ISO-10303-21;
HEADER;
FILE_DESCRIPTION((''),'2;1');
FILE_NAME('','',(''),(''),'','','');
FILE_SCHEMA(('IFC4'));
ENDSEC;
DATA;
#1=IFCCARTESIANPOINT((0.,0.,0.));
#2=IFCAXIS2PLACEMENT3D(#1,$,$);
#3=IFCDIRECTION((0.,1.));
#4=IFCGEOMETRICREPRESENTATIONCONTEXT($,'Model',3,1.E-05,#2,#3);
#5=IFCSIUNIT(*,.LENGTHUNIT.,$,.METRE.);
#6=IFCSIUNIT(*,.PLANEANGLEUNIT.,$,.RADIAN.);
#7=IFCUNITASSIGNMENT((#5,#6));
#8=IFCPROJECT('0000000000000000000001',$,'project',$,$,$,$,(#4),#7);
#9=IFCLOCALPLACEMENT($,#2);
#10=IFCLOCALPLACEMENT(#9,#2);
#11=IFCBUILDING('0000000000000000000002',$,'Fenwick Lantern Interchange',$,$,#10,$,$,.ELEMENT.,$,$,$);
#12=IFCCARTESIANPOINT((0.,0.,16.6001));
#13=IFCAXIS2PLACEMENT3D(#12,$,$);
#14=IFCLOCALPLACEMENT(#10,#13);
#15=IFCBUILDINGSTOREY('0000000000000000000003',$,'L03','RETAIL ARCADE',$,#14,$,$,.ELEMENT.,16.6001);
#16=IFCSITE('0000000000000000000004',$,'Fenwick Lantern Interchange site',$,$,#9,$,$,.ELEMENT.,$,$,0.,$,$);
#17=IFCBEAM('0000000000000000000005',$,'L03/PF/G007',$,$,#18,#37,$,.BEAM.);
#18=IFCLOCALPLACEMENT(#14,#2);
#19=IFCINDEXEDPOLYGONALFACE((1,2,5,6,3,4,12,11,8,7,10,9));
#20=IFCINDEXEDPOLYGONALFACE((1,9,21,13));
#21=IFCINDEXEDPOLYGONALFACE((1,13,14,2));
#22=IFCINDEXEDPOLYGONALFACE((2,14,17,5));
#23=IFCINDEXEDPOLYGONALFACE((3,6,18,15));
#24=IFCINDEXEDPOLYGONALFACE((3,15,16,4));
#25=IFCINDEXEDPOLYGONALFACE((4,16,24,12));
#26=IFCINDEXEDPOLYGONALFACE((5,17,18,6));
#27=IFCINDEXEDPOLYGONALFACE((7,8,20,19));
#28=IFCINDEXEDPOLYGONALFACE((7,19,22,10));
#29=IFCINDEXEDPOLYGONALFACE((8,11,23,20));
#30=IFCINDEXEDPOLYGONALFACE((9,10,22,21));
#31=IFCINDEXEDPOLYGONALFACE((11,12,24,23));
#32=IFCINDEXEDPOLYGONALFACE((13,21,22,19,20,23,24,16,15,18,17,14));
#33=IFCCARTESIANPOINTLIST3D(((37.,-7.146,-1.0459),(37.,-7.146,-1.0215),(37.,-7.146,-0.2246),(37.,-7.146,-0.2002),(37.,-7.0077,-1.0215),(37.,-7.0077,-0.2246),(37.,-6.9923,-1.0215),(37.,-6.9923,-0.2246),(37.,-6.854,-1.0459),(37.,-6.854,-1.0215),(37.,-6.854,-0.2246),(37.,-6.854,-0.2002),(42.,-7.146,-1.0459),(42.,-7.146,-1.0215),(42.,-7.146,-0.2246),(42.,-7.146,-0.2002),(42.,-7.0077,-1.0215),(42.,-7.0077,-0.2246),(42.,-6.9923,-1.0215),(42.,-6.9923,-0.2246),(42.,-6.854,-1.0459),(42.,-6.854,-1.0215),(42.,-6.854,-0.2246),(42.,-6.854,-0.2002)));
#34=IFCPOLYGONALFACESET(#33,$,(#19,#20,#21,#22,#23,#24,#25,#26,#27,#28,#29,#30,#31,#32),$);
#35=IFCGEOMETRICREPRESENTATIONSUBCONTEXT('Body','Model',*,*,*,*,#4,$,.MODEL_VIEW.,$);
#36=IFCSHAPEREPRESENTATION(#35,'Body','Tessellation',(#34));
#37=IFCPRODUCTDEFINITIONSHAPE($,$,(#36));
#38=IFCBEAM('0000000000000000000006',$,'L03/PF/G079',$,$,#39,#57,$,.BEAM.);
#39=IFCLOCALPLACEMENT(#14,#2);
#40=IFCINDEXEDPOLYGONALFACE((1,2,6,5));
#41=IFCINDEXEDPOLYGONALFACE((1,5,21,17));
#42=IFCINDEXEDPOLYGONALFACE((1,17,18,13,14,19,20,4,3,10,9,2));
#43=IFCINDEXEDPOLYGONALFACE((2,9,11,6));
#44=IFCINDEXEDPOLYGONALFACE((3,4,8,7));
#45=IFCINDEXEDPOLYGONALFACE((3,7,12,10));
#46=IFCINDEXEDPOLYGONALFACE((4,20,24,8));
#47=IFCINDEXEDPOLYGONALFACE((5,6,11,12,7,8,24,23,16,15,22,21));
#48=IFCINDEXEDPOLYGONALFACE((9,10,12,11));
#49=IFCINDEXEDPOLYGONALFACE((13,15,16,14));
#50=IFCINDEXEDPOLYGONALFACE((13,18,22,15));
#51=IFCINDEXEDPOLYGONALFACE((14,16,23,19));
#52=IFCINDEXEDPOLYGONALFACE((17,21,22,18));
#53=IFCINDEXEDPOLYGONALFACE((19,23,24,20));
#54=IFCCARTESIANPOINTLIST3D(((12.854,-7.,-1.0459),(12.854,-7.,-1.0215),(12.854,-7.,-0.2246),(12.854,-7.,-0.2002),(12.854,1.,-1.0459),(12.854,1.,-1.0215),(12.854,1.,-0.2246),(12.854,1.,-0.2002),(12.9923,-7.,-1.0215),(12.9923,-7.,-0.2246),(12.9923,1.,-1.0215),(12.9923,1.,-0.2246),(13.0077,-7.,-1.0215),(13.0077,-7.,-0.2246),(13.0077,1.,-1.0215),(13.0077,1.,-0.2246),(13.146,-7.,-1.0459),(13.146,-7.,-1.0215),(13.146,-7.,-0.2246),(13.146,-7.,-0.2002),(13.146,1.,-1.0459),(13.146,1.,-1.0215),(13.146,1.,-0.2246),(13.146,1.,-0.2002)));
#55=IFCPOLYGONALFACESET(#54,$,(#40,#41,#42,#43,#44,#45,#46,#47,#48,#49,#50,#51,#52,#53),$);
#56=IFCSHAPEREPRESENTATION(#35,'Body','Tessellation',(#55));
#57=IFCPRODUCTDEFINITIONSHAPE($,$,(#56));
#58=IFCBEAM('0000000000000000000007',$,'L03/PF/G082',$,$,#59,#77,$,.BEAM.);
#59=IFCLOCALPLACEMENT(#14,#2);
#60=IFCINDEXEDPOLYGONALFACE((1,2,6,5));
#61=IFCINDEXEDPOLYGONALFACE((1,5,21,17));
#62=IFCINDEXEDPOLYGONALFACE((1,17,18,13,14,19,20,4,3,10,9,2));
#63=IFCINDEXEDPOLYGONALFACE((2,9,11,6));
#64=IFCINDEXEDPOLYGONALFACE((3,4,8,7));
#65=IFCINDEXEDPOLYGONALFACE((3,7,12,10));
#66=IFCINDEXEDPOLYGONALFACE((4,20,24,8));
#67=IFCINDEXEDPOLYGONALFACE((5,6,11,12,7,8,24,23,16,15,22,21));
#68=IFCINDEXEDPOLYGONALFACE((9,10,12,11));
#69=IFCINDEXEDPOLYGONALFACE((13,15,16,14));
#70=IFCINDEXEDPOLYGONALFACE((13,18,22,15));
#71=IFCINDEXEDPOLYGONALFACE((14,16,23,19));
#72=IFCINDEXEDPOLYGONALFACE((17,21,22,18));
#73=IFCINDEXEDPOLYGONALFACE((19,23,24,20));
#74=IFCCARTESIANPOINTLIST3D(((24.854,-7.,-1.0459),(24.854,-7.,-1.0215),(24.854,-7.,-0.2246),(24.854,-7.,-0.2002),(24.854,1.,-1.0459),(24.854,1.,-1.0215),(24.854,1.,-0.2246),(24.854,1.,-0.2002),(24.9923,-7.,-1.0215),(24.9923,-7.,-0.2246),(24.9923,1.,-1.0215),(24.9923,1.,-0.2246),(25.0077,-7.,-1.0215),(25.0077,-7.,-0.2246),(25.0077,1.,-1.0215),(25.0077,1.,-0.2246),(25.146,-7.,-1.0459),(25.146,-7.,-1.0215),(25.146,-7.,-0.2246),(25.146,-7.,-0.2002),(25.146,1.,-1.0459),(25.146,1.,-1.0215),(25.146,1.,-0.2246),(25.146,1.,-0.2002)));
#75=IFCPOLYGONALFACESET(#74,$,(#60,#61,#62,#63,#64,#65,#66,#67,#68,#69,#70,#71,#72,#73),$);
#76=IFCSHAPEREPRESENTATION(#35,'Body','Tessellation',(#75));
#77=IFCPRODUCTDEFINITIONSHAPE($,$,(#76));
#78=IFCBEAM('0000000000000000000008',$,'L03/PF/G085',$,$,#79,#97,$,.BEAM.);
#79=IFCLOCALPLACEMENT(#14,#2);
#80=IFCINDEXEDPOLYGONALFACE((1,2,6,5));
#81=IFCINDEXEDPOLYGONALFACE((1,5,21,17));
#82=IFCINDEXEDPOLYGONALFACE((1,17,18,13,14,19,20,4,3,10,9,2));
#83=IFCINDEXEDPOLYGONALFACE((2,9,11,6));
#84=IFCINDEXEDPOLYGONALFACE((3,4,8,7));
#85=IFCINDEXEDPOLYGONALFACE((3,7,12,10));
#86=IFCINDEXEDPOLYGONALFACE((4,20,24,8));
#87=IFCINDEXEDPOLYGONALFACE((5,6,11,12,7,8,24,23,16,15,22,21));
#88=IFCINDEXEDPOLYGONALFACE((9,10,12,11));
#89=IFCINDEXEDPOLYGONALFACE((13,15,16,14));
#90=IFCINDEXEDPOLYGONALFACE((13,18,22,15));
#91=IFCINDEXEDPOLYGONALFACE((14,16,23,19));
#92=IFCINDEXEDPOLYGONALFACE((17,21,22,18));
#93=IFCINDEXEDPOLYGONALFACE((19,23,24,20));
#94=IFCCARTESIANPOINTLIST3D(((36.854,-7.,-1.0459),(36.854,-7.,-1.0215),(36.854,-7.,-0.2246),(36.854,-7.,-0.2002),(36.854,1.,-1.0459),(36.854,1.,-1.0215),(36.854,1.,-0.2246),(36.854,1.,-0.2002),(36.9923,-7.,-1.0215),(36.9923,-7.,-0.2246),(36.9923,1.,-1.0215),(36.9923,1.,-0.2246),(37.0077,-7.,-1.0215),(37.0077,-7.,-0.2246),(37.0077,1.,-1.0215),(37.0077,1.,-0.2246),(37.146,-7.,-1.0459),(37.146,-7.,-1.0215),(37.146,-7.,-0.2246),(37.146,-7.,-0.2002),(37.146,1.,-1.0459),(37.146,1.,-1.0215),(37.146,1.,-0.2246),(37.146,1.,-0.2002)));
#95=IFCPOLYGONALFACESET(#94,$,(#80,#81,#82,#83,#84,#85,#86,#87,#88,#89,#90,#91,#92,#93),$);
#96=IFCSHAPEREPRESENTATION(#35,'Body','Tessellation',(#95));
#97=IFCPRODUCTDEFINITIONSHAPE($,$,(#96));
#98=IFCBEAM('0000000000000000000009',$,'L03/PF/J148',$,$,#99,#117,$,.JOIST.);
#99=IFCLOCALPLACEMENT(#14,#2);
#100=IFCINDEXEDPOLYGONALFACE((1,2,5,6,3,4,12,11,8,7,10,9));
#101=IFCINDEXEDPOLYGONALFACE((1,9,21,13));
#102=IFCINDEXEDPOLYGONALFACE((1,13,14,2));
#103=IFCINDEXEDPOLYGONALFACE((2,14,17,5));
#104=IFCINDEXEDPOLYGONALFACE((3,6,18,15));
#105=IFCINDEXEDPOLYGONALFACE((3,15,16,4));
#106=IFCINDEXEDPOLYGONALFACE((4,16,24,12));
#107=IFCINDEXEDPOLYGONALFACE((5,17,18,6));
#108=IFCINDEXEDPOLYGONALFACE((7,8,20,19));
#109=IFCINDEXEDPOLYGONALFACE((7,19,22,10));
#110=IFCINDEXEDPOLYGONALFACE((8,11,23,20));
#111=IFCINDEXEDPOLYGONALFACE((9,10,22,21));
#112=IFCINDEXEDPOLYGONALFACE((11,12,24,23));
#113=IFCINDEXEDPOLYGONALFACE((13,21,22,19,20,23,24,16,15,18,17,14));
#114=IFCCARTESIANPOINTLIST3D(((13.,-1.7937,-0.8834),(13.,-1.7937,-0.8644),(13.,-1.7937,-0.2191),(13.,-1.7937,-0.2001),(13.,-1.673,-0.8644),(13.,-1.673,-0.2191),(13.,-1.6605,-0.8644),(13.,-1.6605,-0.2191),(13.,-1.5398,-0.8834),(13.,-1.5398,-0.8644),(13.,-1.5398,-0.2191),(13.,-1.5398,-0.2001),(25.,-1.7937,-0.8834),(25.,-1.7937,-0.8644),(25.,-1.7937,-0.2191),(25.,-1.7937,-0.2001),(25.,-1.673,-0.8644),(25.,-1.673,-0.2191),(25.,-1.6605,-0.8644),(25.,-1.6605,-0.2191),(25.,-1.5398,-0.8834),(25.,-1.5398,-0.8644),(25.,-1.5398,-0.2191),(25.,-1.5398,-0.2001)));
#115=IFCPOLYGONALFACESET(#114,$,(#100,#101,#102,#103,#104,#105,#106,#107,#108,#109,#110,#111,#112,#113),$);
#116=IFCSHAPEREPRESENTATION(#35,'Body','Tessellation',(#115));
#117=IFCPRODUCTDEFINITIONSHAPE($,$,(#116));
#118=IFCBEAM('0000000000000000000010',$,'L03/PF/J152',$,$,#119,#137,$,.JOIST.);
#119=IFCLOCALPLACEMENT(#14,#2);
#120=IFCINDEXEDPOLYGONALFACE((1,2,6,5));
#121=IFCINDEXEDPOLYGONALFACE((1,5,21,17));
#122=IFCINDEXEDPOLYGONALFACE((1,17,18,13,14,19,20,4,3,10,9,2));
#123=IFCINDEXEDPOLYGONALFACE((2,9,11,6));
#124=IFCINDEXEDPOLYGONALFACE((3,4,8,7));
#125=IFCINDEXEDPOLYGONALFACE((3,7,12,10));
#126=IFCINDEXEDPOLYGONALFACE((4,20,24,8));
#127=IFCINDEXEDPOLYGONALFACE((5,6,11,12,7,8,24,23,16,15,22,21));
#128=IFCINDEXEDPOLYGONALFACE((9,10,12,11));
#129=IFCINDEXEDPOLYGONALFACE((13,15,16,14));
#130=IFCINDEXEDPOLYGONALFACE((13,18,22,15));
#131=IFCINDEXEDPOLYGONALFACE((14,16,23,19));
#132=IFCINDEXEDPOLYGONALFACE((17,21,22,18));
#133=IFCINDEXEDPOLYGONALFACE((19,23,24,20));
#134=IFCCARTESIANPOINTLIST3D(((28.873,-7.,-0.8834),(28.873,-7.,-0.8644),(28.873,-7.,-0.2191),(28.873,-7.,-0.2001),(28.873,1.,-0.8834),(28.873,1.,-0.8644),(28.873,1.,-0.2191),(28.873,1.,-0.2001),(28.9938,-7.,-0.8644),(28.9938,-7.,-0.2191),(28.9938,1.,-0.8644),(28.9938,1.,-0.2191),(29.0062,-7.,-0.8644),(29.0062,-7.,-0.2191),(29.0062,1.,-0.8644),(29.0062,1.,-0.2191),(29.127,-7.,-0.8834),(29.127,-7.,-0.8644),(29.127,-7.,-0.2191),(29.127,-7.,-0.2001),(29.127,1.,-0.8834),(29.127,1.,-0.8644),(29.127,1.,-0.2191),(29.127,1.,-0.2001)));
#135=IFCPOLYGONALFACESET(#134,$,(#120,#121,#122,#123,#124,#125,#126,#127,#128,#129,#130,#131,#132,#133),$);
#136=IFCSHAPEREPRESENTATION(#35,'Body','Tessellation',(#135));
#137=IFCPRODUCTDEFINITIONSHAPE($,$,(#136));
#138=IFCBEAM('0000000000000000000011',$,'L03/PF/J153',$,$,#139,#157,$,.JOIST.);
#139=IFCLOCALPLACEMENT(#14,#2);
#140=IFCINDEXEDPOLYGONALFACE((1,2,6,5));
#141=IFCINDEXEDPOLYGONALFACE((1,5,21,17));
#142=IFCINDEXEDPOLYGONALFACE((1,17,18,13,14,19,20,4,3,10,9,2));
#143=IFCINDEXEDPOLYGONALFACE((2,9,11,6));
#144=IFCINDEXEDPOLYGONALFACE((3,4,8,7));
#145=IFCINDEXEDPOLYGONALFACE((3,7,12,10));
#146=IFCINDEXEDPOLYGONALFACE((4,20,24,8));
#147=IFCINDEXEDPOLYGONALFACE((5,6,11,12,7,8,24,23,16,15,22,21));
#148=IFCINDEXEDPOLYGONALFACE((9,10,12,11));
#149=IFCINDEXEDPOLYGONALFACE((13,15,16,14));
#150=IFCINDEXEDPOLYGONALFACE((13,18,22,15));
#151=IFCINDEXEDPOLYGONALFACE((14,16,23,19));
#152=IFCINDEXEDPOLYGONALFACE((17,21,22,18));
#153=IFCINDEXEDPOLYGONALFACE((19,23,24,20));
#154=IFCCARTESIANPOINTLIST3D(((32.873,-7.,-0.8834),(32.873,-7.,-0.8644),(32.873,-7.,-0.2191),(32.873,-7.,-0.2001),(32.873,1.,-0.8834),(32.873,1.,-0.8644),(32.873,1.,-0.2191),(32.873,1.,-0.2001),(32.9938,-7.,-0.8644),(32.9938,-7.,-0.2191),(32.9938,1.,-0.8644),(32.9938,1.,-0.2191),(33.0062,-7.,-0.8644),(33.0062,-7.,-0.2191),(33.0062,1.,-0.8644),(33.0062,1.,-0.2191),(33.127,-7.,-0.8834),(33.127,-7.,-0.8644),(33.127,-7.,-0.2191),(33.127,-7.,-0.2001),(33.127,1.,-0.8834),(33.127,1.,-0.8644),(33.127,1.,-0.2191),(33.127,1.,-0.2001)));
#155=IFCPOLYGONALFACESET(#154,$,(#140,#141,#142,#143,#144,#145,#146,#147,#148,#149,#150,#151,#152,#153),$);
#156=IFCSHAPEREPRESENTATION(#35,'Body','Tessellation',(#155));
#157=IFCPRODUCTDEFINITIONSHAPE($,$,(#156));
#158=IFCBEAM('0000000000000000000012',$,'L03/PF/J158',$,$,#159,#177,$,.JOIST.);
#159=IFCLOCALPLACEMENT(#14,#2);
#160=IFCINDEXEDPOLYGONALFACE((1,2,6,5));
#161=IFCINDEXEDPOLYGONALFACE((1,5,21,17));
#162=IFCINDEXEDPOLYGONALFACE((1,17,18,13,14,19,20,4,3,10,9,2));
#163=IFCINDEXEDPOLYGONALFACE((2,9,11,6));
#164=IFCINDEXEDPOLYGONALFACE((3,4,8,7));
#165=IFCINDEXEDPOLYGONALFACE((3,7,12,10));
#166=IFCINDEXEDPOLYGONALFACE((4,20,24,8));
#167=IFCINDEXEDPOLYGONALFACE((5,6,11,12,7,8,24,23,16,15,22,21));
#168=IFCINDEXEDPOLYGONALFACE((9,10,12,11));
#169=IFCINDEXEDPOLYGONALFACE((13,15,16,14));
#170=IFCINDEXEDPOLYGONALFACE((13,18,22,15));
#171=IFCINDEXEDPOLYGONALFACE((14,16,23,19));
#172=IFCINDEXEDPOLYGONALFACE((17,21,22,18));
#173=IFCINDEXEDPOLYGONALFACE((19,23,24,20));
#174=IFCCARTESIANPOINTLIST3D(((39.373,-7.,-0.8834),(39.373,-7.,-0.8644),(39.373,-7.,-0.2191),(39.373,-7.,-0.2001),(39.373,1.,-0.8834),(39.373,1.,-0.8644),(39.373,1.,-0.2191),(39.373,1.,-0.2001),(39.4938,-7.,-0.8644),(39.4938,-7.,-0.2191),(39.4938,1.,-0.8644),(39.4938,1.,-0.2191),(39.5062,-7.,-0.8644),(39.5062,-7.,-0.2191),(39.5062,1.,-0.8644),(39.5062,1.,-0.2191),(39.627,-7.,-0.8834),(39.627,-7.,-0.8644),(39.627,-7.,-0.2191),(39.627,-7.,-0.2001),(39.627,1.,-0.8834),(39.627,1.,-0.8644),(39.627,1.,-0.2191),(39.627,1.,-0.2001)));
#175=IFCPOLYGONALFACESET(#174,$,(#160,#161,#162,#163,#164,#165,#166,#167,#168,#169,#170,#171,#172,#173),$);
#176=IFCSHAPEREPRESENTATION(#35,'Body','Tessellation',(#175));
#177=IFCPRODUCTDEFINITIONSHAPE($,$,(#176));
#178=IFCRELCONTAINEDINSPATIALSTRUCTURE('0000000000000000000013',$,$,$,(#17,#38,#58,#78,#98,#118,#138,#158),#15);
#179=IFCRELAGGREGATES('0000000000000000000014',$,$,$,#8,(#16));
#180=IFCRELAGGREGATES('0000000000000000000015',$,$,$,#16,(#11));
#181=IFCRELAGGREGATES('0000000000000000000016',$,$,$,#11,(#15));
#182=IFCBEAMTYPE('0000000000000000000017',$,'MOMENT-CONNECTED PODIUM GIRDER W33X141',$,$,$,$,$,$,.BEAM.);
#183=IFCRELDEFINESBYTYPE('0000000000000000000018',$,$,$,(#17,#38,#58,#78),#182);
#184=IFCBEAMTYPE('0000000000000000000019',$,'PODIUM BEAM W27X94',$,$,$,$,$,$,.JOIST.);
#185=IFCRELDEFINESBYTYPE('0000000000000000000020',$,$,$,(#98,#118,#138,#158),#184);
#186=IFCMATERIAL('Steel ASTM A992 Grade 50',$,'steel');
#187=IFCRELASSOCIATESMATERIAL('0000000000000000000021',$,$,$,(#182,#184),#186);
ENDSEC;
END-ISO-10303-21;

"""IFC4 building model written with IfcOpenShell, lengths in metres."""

from ifc_helpers import new_model, si_unit, direction, frame, origin, origin_2d, place, context, subcontext, project, spatial, i_section, extrude, material, material_profile, profile_set, type_object, element, save


model = new_model("IFC4")

# Units and contexts
model_context = context("Model", 3, precision=1e-05, world=origin(), true_north=direction((0.0, 1.0)))
body_context = subcontext(model_context, "Body", "Model", "MODEL_VIEW")
ifc_project = project(units=[si_unit("LENGTHUNIT", "METRE"), si_unit("PLANEANGLEUNIT", "RADIAN")], contexts=[model_context])

# Site, building, storey
site_placement = place(None, origin())
site = spatial("IfcSite", under=ifc_project, at=site_placement, Name="Fenwick Lantern Interchange site", CompositionType="ELEMENT", RefElevation=0.0)
building_placement = place(site_placement, origin())
building = spatial("IfcBuilding", under=site, at=building_placement, Name="Fenwick Lantern Interchange", CompositionType="ELEMENT")
storey_placement = place(building_placement, frame((0.0, 0.0, 16.6001)))
storey = spatial("IfcBuildingStorey", under=building, at=storey_placement, Name="L03", Description="RETAIL ARCADE", CompositionType="ELEMENT", Elevation=16.6001)

# Shared definitions
ifc_material_1 = material(Name="Steel ASTM A992 Grade 50", Category="steel")

# Beams
ifc_material_profile_1 = material_profile(ifc_material_1, i_section(OverallWidth=0.292, OverallDepth=0.8457, WebThickness=0.0154, FlangeThickness=0.0244, at=origin_2d()), Name="W33X141")
ifc_profile_set_1 = profile_set([ifc_material_profile_1], Name="Steel ASTM A992 Grade 50")
beam_type_1 = type_object("IfcBeamType", Name="MOMENT-CONNECTED PODIUM GIRDER W33X141", PredefinedType="BEAM", material=ifc_profile_set_1)
beam_1_placement = place(storey_placement, frame((37.0, -7.0, -0.623), z_axis=(1.0, 0.0, 0.0), x_axis=(0.0, 1.0, 0.0)))
element("IfcBeam", 1, at=beam_1_placement, inside=storey, type_object=beam_type_1, Name="L03/PF/G007", PredefinedType="BEAM", context=body_context, shape_type="SweptSolid", body=[
    extrude(i_section(OverallWidth=0.292, OverallDepth=0.8457, WebThickness=0.0154, FlangeThickness=0.0244, at=origin_2d()), origin(), (0.0, 0.0, 1.0), 5.0),
])
for number, where, z_axis, x_axis, name in (
    (2, (13.0, -7.0, -0.623), (0.0, 1.0, 0.0), (-1.0, 0.0, 0.0), "L03/PF/G079"),
    (3, (25.0, -7.0, -0.623), (0.0, 1.0, 0.0), (-1.0, 0.0, 0.0), "L03/PF/G082"),
    (4, (37.0, -7.0, -0.623), (0.0, 1.0, 0.0), (-1.0, 0.0, 0.0), "L03/PF/G085"),
):
    element("IfcBeam", number, at=place(storey_placement, frame(where, z_axis=z_axis, x_axis=x_axis)), inside=storey, type_object=beam_type_1, Name=name, PredefinedType="BEAM", context=body_context, shape_type="SweptSolid", body=[
        extrude(i_section(OverallWidth=0.292, OverallDepth=0.8457, WebThickness=0.0154, FlangeThickness=0.0244, at=origin_2d()), origin(), (0.0, 0.0, 1.0), 8.0),
    ])
ifc_material_profile_2 = material_profile(ifc_material_1, i_section(OverallWidth=0.2539, OverallDepth=0.6833, WebThickness=0.0125, FlangeThickness=0.019, at=origin_2d()), Name="W27X94")
ifc_profile_set_2 = profile_set([ifc_material_profile_2], Name="Steel ASTM A992 Grade 50")
beam_type_2 = type_object("IfcBeamType", Name="PODIUM BEAM W27X94", PredefinedType="JOIST", material=ifc_profile_set_2)
beam_2_placement = place(storey_placement, frame((13.0, -1.6667, -0.5417), z_axis=(1.0, 0.0, 0.0), x_axis=(0.0, 1.0, 0.0)))
element("IfcBeam", 5, at=beam_2_placement, inside=storey, type_object=beam_type_2, Name="L03/PF/J148", PredefinedType="JOIST", context=body_context, shape_type="SweptSolid", body=[
    extrude(i_section(OverallWidth=0.2539, OverallDepth=0.6833, WebThickness=0.0125, FlangeThickness=0.019, at=origin_2d()), origin(), (0.0, 0.0, 1.0), 12.0),
])
for number, where, z_axis, x_axis, name in (
    (6, (29.0, -7.0, -0.5417), (0.0, 1.0, 0.0), (-1.0, 0.0, 0.0), "L03/PF/J152"),
    (7, (33.0, -7.0, -0.5417), (0.0, 1.0, 0.0), (-1.0, 0.0, 0.0), "L03/PF/J153"),
    (8, (39.5, -7.0, -0.5417), (0.0, 1.0, 0.0), (-1.0, 0.0, 0.0), "L03/PF/J158"),
):
    element("IfcBeam", number, at=place(storey_placement, frame(where, z_axis=z_axis, x_axis=x_axis)), inside=storey, type_object=beam_type_2, Name=name, PredefinedType="JOIST", context=body_context, shape_type="SweptSolid", body=[
        extrude(i_section(OverallWidth=0.2539, OverallDepth=0.6833, WebThickness=0.0125, FlangeThickness=0.019, at=origin_2d()), origin(), (0.0, 0.0, 1.0), 8.0),
    ])

save(model, "model.ifc")
